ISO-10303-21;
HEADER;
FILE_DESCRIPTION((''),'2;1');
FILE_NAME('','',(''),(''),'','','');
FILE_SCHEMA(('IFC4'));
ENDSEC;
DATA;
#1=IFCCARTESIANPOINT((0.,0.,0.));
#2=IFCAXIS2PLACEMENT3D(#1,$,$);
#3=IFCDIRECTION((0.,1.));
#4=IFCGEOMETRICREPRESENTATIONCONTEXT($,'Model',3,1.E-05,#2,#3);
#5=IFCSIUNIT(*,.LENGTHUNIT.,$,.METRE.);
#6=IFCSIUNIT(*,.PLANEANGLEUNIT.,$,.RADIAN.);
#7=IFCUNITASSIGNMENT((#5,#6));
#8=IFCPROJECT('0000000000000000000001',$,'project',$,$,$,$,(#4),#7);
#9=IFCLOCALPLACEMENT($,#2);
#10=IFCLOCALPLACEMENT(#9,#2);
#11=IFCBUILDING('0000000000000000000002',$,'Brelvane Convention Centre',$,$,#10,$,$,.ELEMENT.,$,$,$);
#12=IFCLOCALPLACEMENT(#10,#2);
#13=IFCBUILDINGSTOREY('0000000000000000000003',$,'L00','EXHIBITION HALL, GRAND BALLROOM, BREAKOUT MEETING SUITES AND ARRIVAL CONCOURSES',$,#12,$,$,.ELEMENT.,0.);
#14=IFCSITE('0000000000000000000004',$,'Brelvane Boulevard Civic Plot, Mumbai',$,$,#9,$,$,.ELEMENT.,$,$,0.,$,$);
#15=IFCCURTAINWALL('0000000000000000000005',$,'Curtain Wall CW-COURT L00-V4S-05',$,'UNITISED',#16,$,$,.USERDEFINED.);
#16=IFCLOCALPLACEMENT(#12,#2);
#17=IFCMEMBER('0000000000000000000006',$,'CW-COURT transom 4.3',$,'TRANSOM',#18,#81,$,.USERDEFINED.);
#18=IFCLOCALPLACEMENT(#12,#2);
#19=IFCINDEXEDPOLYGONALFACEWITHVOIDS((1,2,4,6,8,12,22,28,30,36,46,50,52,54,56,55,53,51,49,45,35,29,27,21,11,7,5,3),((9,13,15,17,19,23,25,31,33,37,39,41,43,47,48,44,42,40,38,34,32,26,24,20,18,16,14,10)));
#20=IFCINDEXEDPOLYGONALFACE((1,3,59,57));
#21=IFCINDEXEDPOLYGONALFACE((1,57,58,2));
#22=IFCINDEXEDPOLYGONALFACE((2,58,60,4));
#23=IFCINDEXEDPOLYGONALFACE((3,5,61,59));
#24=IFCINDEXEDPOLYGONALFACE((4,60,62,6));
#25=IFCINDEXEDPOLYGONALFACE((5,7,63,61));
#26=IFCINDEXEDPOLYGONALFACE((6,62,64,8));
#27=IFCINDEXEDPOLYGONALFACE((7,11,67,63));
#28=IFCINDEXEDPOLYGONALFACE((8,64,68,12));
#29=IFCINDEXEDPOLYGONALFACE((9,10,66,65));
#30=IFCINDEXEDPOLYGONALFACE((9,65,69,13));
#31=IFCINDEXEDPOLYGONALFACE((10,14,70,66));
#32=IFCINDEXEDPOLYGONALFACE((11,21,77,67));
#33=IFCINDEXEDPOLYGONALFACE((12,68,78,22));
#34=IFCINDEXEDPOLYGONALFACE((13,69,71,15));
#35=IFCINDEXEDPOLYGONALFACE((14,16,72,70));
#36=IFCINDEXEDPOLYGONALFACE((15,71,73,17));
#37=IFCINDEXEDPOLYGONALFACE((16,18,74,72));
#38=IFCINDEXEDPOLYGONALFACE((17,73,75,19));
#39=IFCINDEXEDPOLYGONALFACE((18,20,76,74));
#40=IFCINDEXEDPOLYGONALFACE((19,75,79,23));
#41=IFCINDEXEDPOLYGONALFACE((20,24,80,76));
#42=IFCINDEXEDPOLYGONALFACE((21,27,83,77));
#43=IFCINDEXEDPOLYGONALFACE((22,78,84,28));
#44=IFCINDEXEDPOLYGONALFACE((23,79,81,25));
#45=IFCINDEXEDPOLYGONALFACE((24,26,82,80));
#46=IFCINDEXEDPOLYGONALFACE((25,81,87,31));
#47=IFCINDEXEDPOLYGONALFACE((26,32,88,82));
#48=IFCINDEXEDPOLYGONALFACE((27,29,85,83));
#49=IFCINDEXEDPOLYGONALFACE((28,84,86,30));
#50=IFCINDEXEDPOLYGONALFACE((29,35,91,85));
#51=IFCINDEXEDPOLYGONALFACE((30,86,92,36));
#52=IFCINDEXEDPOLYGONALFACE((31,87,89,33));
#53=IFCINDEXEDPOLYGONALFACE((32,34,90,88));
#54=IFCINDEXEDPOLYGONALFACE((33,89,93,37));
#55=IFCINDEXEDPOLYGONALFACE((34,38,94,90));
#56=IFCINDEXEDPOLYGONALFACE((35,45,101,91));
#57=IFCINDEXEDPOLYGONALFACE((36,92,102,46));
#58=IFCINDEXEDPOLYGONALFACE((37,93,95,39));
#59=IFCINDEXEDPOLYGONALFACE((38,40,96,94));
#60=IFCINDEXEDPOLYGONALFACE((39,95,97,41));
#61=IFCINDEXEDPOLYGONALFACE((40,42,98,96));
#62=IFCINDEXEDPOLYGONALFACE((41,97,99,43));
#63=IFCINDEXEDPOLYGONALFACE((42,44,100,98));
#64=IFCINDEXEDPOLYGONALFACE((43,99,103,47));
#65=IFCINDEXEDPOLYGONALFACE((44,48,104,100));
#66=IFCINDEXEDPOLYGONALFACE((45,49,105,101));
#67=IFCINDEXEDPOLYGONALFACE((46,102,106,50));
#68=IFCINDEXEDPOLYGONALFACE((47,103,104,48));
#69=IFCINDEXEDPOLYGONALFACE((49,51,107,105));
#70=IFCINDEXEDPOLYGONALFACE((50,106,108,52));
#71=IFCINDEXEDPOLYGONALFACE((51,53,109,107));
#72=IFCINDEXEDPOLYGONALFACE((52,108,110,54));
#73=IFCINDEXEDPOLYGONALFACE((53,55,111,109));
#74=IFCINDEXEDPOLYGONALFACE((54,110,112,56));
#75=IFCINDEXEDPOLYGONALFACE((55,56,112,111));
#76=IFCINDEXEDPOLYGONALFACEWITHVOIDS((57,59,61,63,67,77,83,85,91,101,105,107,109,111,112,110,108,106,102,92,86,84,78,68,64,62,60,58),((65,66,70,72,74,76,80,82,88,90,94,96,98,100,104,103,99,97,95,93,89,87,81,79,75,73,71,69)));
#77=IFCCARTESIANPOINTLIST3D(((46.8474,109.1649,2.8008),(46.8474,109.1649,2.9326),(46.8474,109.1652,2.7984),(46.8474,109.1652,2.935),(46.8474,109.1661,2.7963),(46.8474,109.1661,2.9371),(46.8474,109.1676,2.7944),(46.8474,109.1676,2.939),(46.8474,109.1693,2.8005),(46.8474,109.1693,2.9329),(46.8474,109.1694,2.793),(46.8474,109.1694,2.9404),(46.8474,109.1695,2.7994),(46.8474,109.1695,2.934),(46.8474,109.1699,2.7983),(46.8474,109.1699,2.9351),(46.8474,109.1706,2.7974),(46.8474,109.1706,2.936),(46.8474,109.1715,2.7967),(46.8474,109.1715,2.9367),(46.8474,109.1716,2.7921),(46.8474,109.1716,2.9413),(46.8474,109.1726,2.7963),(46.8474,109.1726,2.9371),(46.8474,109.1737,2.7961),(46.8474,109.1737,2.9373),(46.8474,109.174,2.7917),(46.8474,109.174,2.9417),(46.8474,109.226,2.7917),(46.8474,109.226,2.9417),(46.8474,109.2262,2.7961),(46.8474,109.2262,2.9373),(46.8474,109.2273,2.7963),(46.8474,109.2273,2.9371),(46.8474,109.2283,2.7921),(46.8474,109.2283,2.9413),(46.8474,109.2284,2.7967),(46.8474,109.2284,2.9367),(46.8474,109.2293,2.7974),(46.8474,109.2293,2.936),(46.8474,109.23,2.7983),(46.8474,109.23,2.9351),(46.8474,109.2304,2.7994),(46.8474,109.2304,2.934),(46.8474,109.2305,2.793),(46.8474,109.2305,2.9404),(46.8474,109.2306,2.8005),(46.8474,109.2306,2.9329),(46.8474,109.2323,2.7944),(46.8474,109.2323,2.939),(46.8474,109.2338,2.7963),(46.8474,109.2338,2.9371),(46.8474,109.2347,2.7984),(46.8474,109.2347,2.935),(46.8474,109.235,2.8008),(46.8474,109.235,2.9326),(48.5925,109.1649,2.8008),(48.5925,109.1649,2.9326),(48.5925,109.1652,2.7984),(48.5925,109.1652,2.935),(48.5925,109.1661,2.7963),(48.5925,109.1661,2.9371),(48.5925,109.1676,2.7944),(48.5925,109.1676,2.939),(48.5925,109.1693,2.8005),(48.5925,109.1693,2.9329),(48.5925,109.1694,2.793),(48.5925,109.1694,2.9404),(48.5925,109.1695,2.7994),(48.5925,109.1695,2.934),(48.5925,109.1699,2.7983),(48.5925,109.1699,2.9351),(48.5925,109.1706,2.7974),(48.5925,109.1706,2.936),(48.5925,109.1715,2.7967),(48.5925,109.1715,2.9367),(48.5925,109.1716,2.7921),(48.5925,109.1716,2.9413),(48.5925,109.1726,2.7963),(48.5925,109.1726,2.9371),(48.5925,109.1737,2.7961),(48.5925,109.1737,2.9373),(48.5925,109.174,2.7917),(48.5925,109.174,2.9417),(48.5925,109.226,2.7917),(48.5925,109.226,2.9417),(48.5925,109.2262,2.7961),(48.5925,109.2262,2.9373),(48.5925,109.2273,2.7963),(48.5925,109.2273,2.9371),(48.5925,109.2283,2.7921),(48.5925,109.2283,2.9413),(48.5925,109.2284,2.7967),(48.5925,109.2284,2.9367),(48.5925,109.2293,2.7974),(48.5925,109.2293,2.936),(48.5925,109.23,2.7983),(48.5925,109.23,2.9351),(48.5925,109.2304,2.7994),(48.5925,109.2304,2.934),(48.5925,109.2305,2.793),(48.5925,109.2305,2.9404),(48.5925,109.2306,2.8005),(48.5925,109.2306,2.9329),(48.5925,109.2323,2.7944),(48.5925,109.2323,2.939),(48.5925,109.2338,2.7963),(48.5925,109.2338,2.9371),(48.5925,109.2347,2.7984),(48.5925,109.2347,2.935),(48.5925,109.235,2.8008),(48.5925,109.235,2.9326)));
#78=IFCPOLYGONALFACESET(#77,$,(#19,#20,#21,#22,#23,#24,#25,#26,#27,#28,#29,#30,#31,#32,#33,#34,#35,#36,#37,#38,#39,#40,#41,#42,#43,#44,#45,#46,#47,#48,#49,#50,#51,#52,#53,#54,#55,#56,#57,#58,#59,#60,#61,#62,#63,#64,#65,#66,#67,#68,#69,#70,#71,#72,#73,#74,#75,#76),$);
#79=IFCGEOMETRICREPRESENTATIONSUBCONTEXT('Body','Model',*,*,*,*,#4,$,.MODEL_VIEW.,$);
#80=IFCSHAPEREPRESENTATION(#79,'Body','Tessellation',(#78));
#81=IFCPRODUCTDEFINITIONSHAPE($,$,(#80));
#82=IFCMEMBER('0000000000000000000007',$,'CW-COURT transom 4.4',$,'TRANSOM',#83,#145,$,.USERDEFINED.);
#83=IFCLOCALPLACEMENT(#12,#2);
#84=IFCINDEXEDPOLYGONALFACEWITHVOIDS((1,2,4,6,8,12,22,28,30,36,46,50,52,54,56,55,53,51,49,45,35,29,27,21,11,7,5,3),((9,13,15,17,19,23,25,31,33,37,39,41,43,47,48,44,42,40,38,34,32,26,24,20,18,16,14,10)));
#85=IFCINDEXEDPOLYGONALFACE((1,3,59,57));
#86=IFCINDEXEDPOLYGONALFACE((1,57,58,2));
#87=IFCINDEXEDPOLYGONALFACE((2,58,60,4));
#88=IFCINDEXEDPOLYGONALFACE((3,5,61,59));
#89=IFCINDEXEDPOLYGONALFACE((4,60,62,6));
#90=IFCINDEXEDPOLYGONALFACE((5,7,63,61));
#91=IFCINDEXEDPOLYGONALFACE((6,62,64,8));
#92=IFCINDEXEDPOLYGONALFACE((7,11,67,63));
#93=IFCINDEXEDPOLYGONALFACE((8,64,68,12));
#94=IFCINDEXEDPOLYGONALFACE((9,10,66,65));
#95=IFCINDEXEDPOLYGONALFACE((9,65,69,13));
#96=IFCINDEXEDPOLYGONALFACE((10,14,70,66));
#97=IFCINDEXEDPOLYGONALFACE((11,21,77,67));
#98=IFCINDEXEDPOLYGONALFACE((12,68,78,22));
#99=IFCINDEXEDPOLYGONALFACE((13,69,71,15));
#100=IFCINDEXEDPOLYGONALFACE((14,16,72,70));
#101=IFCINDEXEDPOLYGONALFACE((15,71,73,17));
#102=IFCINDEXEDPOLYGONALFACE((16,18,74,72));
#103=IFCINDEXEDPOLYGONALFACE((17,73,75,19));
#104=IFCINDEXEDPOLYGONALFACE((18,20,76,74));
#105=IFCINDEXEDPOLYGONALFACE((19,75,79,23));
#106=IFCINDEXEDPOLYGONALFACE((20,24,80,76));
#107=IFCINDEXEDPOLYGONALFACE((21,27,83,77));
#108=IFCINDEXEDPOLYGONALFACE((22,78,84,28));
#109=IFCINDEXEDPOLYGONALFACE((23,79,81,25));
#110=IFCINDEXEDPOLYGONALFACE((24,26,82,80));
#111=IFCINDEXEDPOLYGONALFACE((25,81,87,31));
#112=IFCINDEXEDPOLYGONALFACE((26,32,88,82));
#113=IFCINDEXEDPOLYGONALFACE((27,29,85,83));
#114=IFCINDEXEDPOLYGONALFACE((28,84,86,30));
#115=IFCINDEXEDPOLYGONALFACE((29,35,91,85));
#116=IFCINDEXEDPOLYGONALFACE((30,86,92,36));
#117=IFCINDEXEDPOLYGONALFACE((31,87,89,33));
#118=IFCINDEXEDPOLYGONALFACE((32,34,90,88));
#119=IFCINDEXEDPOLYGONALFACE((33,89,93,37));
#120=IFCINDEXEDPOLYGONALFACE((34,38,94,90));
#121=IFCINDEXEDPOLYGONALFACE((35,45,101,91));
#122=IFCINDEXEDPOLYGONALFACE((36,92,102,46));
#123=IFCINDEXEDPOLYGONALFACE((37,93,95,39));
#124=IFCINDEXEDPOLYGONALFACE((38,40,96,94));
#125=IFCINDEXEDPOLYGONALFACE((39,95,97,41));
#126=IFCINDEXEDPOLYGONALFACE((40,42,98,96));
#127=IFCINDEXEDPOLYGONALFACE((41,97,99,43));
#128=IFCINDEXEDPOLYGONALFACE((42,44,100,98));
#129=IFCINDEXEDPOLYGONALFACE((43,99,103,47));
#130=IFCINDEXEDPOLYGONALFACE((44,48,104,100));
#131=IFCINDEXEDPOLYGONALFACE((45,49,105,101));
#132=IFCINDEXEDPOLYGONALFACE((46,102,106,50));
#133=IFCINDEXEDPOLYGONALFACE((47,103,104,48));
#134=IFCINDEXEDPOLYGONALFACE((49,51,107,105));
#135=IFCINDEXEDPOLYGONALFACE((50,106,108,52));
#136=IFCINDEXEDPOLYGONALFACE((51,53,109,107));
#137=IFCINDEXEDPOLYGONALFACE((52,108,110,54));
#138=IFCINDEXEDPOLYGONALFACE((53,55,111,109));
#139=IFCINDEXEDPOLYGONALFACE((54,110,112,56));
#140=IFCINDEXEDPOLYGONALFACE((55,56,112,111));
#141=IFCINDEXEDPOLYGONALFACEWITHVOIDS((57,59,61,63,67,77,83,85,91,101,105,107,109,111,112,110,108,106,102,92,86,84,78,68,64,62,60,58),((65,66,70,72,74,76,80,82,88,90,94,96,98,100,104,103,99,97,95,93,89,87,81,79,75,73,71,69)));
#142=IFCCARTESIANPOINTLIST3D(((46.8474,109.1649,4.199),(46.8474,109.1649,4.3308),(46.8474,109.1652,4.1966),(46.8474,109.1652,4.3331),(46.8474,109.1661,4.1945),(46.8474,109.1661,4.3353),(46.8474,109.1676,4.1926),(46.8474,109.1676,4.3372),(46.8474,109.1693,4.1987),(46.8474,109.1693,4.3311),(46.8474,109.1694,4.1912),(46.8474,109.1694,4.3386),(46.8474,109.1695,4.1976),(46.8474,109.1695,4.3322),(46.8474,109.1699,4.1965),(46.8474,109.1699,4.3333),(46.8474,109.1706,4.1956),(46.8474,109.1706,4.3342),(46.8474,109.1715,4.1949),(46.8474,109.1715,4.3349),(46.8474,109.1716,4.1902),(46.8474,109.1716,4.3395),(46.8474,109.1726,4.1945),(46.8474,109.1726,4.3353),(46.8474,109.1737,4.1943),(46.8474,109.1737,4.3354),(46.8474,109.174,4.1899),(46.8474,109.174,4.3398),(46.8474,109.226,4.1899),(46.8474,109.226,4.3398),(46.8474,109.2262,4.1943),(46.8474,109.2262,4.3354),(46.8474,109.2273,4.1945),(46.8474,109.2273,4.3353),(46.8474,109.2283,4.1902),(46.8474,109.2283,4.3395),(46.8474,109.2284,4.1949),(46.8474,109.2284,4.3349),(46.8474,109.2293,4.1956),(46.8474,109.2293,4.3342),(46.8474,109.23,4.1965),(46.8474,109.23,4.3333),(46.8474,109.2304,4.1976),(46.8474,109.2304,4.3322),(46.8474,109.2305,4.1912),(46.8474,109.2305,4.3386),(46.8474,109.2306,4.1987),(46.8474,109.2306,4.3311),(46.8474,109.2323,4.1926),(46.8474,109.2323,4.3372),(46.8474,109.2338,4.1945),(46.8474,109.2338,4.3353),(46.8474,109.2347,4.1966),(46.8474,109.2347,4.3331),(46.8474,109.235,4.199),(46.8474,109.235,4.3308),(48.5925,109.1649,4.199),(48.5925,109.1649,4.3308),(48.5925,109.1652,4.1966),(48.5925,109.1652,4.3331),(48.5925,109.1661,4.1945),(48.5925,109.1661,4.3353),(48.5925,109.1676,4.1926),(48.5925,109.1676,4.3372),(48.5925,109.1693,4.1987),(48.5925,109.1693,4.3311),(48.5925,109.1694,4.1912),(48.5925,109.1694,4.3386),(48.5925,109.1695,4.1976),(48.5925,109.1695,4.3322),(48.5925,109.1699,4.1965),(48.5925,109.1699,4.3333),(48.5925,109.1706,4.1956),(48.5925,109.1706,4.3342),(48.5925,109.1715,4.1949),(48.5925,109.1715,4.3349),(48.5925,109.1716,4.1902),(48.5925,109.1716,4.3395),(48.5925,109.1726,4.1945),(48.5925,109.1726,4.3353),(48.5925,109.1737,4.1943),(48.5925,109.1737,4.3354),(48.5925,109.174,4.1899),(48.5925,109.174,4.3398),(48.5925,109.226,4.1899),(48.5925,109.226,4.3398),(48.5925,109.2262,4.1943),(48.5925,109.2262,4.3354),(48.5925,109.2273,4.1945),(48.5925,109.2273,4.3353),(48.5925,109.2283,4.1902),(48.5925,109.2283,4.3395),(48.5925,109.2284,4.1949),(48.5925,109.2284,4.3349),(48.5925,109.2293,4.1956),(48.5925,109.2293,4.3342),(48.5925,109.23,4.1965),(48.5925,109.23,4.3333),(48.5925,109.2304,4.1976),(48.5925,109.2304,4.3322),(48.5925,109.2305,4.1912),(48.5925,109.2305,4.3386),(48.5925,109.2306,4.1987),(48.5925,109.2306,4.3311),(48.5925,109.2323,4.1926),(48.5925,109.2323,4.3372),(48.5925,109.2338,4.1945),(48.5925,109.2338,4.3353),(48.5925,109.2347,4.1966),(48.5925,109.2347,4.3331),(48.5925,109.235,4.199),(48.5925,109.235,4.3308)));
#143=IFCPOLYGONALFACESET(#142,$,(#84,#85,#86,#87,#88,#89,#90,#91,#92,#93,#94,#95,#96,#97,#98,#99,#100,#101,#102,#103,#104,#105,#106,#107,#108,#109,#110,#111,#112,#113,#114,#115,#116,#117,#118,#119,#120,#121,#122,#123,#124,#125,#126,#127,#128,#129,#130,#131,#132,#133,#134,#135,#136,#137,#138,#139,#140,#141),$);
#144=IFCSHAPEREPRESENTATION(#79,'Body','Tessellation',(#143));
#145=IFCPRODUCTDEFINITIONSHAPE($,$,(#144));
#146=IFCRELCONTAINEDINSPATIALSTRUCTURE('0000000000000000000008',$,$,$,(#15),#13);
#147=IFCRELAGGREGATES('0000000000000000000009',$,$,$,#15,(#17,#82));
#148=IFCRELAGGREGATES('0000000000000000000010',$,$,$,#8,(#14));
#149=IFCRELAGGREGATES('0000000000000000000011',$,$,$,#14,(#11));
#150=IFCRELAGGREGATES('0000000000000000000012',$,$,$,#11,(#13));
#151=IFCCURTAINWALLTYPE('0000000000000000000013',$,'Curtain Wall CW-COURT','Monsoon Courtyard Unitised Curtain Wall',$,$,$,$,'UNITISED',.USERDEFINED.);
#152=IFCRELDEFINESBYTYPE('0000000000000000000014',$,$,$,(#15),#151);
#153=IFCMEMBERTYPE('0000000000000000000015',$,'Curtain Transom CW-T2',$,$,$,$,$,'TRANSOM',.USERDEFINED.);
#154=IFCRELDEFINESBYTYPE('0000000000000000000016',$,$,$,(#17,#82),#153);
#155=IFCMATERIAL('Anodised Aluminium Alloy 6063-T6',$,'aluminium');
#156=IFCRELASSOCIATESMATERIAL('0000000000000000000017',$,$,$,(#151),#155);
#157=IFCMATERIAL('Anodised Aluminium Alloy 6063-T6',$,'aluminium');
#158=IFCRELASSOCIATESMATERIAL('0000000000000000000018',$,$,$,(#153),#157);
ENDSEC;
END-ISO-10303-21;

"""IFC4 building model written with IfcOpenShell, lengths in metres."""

from ifc_helpers import new_model, si_unit, direction, frame, origin, origin_2d, place, context, subcontext, project, spatial, hollow_rectangle, extrude, material, material_profile, profile_set, type_object, element, aggregate, save


model = new_model("IFC4")

# Units and contexts
model_context = context("Model", 3, precision=1e-05, world=origin(), true_north=direction((0.0, 1.0)))
body_context = subcontext(model_context, "Body", "Model", "MODEL_VIEW")
ifc_project = project(units=[si_unit("LENGTHUNIT", "METRE"), si_unit("PLANEANGLEUNIT", "RADIAN")], contexts=[model_context])

# Site, building, storey
site_placement = place(None, origin())
site = spatial("IfcSite", under=ifc_project, at=site_placement, Name="Brelvane Boulevard Civic Plot, Mumbai", CompositionType="ELEMENT", RefElevation=0.0)
building_placement = place(site_placement, origin())
building = spatial("IfcBuilding", under=site, at=building_placement, Name="Brelvane Convention Centre", CompositionType="ELEMENT")
storey_placement = place(building_placement, origin())
storey = spatial("IfcBuildingStorey", under=building, at=storey_placement, Name="L00", Description="EXHIBITION HALL, GRAND BALLROOM, BREAKOUT MEETING SUITES AND ARRIVAL CONCOURSES", CompositionType="ELEMENT", Elevation=0.0)

# Curtain wall, members
ifc_material_1 = material(Name="Anodised Aluminium Alloy 6063-T6", Category="aluminium")
curtain_wall_type = type_object("IfcCurtainWallType", Name="Curtain Wall CW-COURT", Description="Monsoon Courtyard Unitised Curtain Wall", ElementType="UNITISED", PredefinedType="USERDEFINED", material=ifc_material_1)
curtain_wall_placement = place(storey_placement, origin())
curtain_wall = element("IfcCurtainWall", 1, at=curtain_wall_placement, inside=storey, type_object=curtain_wall_type, Name="Curtain Wall CW-COURT L00-V4S-05", ObjectType="UNITISED", PredefinedType="USERDEFINED")
ifc_material_2 = material(Name="Anodised Aluminium Alloy 6063-T6", Category="aluminium")
ifc_material_profile_1 = material_profile(ifc_material_2, hollow_rectangle(XDim=0.0701, YDim=0.1499, WallThickness=0.0044, InnerFilletRadius=0.0044, OuterFilletRadius=0.009, at=origin_2d()), Name="ALU-T 150x70x4.5")
ifc_profile_set_1 = profile_set([ifc_material_profile_1], Name="Anodised Aluminium Alloy 6063-T6")
member_type_1 = type_object("IfcMemberType", Name="Curtain Transom CW-T2", ElementType="TRANSOM", PredefinedType="USERDEFINED", material=ifc_profile_set_1)
member_1_placement = place(storey_placement, frame((46.8474, 109.2, 2.8667), z_axis=(1.0, 0.0, 0.0), x_axis=(0.0, 1.0, 0.0)))
member_1 = element("IfcMember", 2, at=member_1_placement, type_object=member_type_1, Name="CW-COURT transom 4.3", ObjectType="TRANSOM", PredefinedType="USERDEFINED", context=body_context, shape_type="SweptSolid", body=[
    extrude(hollow_rectangle(XDim=0.0701, YDim=0.1499, WallThickness=0.0044, InnerFilletRadius=0.0044, OuterFilletRadius=0.009, at=origin_2d()), origin(), (0.0, 0.0, 1.0), 1.7451),
])
member_2_placement = place(storey_placement, frame((46.8474, 109.2, 4.2649), z_axis=(1.0, 0.0, 0.0), x_axis=(0.0, 1.0, 0.0)))
member_2 = element("IfcMember", 3, at=member_2_placement, type_object=member_type_1, Name="CW-COURT transom 4.4", ObjectType="TRANSOM", PredefinedType="USERDEFINED", context=body_context, shape_type="SweptSolid", body=[
    extrude(hollow_rectangle(XDim=0.0701, YDim=0.1499, WallThickness=0.0044, InnerFilletRadius=0.0044, OuterFilletRadius=0.009, at=origin_2d()), origin(), (0.0, 0.0, 1.0), 1.7451),
])
aggregate(curtain_wall, [member_1, member_2])

save(model, "model.ifc")
